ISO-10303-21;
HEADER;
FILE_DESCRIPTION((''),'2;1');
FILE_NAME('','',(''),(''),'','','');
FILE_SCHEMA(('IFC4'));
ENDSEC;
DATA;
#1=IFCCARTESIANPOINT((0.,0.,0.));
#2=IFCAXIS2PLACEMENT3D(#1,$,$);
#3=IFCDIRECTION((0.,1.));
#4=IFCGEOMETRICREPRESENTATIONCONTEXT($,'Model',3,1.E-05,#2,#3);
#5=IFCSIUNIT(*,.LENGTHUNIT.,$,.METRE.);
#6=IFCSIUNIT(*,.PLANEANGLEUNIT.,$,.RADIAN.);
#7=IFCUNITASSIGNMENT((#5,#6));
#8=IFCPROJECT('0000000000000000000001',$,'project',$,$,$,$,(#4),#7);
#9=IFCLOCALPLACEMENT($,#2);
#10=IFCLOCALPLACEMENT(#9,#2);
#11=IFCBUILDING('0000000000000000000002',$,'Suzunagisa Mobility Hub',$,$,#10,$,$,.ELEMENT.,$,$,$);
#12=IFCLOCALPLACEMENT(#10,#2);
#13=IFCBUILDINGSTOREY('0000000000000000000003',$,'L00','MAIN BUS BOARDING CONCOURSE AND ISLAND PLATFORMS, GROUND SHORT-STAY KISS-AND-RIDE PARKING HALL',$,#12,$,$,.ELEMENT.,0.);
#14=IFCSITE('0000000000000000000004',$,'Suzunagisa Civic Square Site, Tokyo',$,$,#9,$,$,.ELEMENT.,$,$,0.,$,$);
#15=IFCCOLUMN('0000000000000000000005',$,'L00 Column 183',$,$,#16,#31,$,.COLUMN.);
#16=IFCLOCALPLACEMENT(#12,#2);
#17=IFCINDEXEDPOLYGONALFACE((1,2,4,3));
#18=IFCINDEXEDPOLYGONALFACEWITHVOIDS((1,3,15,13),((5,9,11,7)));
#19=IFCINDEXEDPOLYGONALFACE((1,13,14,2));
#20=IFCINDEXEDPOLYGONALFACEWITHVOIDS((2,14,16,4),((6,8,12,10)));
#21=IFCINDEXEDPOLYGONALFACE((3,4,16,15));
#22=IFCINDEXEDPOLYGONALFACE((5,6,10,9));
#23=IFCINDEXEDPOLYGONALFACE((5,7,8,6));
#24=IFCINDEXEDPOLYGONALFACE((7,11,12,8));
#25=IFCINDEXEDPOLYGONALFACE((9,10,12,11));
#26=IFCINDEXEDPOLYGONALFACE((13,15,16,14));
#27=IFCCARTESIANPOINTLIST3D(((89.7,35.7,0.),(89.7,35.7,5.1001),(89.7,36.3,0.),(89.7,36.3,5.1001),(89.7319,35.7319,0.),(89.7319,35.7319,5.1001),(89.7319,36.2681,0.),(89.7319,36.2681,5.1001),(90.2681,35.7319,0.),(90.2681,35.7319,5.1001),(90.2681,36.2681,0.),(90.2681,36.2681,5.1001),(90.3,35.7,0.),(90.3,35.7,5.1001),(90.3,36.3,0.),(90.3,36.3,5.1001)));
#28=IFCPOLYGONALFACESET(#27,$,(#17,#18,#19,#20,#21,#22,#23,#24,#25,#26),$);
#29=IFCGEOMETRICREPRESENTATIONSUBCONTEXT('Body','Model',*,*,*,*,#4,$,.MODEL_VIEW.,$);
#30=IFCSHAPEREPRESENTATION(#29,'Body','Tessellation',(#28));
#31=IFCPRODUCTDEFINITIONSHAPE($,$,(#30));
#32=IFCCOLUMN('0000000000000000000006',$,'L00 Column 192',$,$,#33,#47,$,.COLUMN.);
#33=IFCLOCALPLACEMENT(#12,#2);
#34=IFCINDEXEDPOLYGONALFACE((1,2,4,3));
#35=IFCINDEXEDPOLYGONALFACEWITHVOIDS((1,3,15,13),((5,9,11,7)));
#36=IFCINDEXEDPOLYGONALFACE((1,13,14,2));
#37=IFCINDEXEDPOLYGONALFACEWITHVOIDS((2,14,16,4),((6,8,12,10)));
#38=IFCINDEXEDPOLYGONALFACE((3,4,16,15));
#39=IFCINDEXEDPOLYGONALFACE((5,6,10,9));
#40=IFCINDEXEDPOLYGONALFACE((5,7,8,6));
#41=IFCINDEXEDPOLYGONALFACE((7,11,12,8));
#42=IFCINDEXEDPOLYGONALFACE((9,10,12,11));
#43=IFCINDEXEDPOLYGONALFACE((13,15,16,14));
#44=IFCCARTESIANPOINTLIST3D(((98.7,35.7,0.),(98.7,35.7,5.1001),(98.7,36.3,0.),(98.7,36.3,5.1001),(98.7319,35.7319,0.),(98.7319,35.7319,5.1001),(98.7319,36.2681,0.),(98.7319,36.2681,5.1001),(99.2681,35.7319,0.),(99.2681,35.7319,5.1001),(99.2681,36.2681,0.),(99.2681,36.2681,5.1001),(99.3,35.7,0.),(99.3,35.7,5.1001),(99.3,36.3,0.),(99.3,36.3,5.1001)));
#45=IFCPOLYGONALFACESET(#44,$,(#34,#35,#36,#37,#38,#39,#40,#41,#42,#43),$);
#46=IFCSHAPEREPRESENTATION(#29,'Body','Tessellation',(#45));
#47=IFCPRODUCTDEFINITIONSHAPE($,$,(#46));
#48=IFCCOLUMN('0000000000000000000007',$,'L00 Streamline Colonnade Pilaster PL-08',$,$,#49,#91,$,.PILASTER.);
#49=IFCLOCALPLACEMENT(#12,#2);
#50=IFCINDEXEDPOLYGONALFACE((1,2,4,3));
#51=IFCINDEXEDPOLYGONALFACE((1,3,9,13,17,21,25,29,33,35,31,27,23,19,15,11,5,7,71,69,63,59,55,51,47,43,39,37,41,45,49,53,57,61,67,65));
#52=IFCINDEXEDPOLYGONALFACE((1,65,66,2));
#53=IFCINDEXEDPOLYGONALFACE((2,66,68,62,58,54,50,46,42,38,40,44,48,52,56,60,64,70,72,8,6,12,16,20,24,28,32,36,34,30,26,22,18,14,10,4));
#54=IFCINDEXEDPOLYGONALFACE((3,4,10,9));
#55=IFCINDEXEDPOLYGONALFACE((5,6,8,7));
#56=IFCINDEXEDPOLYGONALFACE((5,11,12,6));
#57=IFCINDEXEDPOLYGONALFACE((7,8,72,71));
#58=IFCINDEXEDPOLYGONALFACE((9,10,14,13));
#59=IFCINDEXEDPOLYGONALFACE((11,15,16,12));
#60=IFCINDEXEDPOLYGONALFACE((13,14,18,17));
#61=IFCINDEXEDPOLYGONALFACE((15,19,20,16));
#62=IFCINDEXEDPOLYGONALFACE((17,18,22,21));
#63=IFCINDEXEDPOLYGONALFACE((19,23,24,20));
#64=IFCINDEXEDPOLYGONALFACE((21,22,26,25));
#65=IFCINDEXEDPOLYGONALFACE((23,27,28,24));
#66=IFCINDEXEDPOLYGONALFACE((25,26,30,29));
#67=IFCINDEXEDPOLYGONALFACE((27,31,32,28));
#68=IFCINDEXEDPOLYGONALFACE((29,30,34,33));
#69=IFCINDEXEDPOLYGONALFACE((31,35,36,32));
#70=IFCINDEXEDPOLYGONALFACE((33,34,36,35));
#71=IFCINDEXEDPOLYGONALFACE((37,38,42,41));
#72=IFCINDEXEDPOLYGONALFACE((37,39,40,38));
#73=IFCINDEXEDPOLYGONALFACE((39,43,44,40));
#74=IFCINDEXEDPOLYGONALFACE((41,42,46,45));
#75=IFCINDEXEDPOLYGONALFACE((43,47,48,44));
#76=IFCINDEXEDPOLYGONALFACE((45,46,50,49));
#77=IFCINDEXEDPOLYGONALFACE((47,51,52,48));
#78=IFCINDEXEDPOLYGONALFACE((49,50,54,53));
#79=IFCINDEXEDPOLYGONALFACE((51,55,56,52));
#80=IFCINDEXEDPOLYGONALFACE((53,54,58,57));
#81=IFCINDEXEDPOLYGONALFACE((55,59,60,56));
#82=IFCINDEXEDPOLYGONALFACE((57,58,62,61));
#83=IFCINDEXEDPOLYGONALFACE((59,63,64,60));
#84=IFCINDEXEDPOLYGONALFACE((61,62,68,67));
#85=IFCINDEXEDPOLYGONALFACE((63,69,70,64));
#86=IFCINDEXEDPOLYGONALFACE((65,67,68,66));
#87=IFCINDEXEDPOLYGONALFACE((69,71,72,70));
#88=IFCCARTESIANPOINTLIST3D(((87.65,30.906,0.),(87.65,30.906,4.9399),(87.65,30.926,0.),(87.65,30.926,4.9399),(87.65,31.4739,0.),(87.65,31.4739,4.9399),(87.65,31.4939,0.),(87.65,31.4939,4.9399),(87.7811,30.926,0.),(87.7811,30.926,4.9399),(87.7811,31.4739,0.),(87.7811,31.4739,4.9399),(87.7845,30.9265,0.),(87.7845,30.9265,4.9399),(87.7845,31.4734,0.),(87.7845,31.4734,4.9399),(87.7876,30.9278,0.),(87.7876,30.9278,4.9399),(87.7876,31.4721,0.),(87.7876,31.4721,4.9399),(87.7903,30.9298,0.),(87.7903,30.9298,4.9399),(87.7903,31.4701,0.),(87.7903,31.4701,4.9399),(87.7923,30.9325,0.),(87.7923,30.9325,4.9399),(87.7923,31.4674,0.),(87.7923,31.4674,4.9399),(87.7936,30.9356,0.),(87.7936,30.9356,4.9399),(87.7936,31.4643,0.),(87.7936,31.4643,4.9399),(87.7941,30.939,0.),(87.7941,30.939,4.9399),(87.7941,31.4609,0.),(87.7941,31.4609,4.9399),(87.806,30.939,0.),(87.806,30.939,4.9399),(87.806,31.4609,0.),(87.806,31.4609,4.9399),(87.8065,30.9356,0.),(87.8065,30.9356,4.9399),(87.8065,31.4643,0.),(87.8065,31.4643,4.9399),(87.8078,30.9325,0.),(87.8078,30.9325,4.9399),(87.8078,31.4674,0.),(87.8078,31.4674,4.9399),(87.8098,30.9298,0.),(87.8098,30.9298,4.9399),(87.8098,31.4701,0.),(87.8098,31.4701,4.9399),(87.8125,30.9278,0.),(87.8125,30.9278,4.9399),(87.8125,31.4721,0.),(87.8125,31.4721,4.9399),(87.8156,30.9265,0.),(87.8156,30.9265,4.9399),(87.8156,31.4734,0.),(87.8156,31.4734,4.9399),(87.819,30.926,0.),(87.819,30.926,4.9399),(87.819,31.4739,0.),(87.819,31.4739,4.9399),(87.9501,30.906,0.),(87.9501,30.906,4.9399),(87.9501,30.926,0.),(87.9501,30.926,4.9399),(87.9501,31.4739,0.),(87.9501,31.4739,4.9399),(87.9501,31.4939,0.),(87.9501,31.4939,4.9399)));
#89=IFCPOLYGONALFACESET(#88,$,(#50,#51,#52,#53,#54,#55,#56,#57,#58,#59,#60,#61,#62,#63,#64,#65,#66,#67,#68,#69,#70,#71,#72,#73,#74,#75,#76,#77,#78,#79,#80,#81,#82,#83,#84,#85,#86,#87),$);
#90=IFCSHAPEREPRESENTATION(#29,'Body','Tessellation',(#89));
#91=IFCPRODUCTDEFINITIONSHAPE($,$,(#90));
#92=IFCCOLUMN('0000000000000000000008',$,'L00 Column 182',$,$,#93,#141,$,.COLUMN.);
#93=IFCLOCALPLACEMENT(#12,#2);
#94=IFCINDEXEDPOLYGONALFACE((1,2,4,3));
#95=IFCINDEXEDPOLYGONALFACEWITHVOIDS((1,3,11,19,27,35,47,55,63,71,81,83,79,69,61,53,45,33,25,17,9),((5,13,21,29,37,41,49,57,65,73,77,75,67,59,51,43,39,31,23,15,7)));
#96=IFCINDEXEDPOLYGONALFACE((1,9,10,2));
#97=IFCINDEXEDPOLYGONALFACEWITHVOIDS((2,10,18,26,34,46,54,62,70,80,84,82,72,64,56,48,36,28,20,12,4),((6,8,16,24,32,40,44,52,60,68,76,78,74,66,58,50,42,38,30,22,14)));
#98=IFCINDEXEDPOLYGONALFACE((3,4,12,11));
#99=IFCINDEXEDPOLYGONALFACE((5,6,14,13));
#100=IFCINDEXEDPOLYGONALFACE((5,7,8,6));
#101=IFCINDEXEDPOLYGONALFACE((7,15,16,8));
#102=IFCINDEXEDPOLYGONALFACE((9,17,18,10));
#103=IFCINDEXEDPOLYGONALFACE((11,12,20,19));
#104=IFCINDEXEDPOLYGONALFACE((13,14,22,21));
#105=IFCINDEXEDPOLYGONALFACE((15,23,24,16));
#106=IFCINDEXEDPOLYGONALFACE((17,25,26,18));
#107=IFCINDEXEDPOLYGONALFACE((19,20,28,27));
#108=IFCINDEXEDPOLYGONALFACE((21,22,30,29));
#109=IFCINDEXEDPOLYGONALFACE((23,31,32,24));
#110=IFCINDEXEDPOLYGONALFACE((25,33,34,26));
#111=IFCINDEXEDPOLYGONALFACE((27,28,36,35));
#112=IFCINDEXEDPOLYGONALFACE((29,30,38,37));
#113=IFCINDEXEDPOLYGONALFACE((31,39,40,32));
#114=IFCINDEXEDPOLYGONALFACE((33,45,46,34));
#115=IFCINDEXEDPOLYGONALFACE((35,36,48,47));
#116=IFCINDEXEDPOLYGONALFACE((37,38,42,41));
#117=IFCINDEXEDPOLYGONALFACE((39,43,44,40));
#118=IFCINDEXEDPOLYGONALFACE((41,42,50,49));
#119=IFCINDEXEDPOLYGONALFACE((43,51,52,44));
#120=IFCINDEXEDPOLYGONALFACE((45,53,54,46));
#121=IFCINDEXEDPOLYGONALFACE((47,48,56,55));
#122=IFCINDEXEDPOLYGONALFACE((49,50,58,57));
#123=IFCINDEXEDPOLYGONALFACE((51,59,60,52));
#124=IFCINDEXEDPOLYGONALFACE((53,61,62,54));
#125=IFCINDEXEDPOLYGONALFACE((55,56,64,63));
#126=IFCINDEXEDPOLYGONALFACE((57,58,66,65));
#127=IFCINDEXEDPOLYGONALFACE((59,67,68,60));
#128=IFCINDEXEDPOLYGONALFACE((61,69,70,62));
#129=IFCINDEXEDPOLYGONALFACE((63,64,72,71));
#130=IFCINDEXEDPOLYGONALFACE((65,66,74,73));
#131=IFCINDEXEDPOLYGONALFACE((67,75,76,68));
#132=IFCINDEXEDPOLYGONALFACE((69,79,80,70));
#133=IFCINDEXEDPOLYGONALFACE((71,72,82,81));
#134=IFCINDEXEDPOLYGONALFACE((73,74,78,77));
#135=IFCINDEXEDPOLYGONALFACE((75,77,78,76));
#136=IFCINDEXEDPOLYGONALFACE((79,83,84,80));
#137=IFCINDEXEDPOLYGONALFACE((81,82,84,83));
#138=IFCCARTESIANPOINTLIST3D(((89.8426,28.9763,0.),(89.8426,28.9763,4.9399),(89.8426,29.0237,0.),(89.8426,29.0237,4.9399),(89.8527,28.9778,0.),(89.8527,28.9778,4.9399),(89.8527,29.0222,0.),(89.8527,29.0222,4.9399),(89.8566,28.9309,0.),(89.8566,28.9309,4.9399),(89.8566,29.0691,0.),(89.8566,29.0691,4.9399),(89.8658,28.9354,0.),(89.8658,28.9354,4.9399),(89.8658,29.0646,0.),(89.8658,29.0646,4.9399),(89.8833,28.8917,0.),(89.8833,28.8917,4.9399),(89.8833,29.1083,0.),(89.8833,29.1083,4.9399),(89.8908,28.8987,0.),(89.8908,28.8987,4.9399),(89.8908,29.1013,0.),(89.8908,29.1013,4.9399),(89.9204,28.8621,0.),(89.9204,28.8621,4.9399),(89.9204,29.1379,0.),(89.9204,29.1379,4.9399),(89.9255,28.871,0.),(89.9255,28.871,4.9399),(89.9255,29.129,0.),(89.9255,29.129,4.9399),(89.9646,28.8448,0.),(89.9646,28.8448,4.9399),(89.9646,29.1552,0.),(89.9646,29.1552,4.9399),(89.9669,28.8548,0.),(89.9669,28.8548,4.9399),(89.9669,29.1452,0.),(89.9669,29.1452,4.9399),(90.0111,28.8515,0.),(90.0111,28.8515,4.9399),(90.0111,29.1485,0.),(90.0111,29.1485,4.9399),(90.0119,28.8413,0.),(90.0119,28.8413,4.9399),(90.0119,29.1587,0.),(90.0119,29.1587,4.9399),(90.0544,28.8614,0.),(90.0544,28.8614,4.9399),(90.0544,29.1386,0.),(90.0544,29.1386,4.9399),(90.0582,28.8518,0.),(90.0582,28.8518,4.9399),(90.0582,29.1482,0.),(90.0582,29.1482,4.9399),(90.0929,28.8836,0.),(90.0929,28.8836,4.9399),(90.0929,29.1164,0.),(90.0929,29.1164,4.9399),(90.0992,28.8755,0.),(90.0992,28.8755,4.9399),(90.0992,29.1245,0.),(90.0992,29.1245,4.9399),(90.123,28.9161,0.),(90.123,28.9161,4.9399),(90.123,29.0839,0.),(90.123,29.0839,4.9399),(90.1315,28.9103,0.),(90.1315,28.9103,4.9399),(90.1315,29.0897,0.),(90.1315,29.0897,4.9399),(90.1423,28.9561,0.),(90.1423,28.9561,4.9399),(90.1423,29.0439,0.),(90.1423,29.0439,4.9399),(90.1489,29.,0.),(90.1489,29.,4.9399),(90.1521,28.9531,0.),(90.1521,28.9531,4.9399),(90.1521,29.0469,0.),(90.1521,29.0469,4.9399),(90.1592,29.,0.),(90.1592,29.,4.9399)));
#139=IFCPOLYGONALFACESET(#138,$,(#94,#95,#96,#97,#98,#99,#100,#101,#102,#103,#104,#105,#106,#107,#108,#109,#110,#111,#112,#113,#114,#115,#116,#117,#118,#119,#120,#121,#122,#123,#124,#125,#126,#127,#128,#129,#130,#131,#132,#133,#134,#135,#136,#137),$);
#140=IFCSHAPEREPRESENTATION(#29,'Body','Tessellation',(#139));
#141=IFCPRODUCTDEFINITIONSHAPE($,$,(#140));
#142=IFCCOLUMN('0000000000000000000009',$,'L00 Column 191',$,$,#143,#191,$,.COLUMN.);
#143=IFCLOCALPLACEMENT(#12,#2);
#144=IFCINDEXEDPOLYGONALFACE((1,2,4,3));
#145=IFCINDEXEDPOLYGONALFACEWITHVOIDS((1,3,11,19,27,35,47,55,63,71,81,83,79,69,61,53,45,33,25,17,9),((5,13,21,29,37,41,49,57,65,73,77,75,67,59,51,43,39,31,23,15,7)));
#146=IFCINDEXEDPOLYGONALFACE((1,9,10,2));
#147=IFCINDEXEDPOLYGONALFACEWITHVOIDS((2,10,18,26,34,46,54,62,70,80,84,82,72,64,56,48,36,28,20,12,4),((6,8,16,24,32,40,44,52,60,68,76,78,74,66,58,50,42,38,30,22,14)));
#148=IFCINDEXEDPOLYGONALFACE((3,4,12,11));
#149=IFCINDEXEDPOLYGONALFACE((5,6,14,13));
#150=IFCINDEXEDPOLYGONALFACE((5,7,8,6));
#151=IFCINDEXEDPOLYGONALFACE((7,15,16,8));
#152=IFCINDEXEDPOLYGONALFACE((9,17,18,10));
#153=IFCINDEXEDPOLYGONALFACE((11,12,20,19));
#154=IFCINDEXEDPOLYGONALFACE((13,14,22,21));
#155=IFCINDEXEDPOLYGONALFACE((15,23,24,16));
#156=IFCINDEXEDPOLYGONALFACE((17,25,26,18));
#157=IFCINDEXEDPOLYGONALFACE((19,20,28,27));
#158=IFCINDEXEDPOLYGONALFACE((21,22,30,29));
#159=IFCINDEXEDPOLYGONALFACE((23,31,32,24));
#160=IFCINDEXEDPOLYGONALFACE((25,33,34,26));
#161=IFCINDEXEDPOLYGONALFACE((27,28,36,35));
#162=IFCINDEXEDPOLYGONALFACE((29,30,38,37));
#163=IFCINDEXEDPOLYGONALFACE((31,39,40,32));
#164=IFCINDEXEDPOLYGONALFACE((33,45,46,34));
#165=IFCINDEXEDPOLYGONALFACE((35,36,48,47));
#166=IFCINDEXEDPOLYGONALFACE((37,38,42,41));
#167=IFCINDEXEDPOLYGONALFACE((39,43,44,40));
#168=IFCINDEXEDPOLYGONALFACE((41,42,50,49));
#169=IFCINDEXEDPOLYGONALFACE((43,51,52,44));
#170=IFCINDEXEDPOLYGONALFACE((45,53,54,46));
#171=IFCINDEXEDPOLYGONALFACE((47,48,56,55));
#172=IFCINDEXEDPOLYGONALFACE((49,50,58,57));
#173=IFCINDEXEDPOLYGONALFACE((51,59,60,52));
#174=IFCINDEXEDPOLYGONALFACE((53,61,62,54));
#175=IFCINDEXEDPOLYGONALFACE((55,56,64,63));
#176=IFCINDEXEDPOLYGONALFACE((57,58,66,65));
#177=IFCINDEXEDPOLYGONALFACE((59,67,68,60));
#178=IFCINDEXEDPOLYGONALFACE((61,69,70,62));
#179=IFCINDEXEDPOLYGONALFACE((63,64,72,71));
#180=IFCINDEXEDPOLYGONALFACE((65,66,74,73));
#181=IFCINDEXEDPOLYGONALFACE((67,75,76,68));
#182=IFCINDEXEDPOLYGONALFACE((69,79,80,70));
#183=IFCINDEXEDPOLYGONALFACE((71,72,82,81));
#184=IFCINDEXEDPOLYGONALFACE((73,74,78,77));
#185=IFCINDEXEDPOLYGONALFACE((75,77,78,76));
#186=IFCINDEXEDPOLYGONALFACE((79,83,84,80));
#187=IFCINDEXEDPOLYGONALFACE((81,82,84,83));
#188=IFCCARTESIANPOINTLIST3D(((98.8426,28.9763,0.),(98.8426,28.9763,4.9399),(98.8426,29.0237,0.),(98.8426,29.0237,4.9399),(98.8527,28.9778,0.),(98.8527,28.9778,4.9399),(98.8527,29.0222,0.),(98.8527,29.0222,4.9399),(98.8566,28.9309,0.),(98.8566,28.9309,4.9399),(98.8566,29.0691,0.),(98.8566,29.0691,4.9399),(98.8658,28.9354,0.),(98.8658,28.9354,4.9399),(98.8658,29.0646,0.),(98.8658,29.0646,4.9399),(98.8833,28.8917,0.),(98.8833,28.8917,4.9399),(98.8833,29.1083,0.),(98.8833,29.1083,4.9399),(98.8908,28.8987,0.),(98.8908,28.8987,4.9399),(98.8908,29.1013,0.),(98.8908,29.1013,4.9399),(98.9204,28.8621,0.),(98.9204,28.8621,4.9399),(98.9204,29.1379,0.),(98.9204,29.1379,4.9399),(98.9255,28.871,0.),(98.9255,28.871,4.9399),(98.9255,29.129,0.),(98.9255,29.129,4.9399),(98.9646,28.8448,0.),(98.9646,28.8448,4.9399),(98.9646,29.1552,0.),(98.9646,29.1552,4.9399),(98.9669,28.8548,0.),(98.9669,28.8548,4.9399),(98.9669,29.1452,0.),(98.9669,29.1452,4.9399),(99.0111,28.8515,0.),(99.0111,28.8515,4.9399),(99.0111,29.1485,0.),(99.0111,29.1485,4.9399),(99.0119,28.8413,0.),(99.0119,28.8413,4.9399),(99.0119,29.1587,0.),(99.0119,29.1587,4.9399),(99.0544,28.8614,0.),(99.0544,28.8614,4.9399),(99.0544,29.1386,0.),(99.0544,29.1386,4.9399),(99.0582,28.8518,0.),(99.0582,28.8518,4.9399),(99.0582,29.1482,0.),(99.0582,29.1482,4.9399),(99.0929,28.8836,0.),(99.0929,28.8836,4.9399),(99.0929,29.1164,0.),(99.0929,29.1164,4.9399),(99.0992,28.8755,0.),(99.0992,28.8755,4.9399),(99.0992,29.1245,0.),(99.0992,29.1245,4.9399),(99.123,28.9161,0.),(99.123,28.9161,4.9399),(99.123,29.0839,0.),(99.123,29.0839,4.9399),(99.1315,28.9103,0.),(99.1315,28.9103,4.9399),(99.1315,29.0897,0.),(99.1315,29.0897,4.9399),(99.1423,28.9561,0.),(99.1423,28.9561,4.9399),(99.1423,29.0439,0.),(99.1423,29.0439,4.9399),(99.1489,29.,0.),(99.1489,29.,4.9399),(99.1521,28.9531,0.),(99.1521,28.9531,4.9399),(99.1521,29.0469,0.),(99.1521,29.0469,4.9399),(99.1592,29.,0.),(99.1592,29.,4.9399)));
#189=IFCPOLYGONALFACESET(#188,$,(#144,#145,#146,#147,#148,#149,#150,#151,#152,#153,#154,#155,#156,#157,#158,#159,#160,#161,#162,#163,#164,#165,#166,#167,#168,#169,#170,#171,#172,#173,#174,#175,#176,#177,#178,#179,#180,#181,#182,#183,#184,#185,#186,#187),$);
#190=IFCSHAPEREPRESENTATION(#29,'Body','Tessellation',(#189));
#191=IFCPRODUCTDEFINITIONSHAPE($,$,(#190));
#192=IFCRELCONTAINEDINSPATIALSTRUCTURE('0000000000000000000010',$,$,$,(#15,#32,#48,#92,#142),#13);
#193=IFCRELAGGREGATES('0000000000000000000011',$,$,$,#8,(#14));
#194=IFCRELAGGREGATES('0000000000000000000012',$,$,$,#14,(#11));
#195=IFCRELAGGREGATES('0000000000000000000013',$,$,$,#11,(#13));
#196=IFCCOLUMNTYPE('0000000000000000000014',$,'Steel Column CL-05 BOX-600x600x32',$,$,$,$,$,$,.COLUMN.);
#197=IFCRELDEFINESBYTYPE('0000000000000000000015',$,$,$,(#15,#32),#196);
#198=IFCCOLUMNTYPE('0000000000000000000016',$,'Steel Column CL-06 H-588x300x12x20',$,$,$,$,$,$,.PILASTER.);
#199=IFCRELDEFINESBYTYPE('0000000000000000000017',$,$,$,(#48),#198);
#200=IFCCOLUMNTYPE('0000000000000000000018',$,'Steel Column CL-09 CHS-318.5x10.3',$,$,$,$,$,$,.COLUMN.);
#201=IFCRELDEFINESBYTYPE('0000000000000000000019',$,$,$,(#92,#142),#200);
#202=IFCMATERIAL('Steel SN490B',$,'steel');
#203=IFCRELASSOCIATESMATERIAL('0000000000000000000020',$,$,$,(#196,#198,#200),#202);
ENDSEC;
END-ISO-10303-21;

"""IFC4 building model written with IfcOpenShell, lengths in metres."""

from ifc_helpers import new_model, si_unit, direction, frame, origin, origin_2d, place, context, subcontext, project, spatial, hollow_rectangle, hollow_circle, i_section, extrude, material, material_profile, profile_set, type_object, element, save


model = new_model("IFC4")

# Units and contexts
model_context = context("Model", 3, precision=1e-05, world=origin(), true_north=direction((0.0, 1.0)))
body_context = subcontext(model_context, "Body", "Model", "MODEL_VIEW")
ifc_project = project(units=[si_unit("LENGTHUNIT", "METRE"), si_unit("PLANEANGLEUNIT", "RADIAN")], contexts=[model_context])

# Site, building, storey
site_placement = place(None, origin())
site = spatial("IfcSite", under=ifc_project, at=site_placement, Name="Suzunagisa Civic Square Site, Tokyo", CompositionType="ELEMENT", RefElevation=0.0)
building_placement = place(site_placement, origin())
building = spatial("IfcBuilding", under=site, at=building_placement, Name="Suzunagisa Mobility Hub", CompositionType="ELEMENT")
storey_placement = place(building_placement, origin())
storey = spatial("IfcBuildingStorey", under=building, at=storey_placement, Name="L00", Description="MAIN BUS BOARDING CONCOURSE AND ISLAND PLATFORMS, GROUND SHORT-STAY KISS-AND-RIDE PARKING HALL", CompositionType="ELEMENT", Elevation=0.0)

# Columns
ifc_material_1 = material(Name="Steel SN490B", Category="steel")
ifc_material_profile_1 = material_profile(ifc_material_1, hollow_rectangle(XDim=0.6001, YDim=0.6001, WallThickness=0.032, at=origin_2d()), Name="BOX-600x600x32")
ifc_profile_set_1 = profile_set([ifc_material_profile_1], Name="Steel SN490B")
column_type_1 = type_object("IfcColumnType", Name="Steel Column CL-05 BOX-600x600x32", PredefinedType="COLUMN", material=ifc_profile_set_1)
for number, where, z_axis, x_axis, name in (
    (1, (90.0, 36.0, 0.0), (0.0, 0.0, 1.0), (1.0, 0.0, 0.0), "L00 Column 183"),
    (2, (99.0, 36.0, 0.0), (0.0, 0.0, 1.0), (1.0, 0.0, 0.0), "L00 Column 192"),
):
    element("IfcColumn", number, at=place(storey_placement, frame(where, z_axis=z_axis, x_axis=x_axis)), inside=storey, type_object=column_type_1, Name=name, PredefinedType="COLUMN", context=body_context, shape_type="SweptSolid", body=[
        extrude(hollow_rectangle(XDim=0.6001, YDim=0.6001, WallThickness=0.032, at=origin_2d()), origin(), (0.0, 0.0, 1.0), 5.1001),
    ])
ifc_material_profile_2 = material_profile(ifc_material_1, i_section(OverallWidth=0.3, OverallDepth=0.5879, WebThickness=0.012, FlangeThickness=0.02, FilletRadius=0.0129, at=origin_2d()), Name="H-588x300x12x20")
ifc_profile_set_2 = profile_set([ifc_material_profile_2], Name="Steel SN490B")
column_type_2 = type_object("IfcColumnType", Name="Steel Column CL-06 H-588x300x12x20", PredefinedType="PILASTER", material=ifc_profile_set_2)
column_1_placement = place(storey_placement, frame((87.8, 31.2, 0.0), z_axis=(0.0, 0.0, 1.0), x_axis=(1.0, 0.0, 0.0)))
element("IfcColumn", 3, at=column_1_placement, inside=storey, type_object=column_type_2, Name="L00 Streamline Colonnade Pilaster PL-08", PredefinedType="PILASTER", context=body_context, shape_type="SweptSolid", body=[
    extrude(i_section(OverallWidth=0.3, OverallDepth=0.5879, WebThickness=0.012, FlangeThickness=0.02, FilletRadius=0.0129, at=origin_2d()), origin(), (0.0, 0.0, 1.0), 4.9399),
])
ifc_material_profile_3 = material_profile(ifc_material_1, hollow_circle(Radius=0.1592, WallThickness=0.0103, at=origin_2d()), Name="CHS-318.5x10.3")
ifc_profile_set_3 = profile_set([ifc_material_profile_3], Name="Steel SN490B")
column_type_3 = type_object("IfcColumnType", Name="Steel Column CL-09 CHS-318.5x10.3", PredefinedType="COLUMN", material=ifc_profile_set_3)
for number, where, z_axis, x_axis, name in (
    (4, (90.0, 29.0, 0.0), (0.0, 0.0, 1.0), (1.0, 0.0, 0.0), "L00 Column 182"),
    (5, (99.0, 29.0, 0.0), (0.0, 0.0, 1.0), (1.0, 0.0, 0.0), "L00 Column 191"),
):
    element("IfcColumn", number, at=place(storey_placement, frame(where, z_axis=z_axis, x_axis=x_axis)), inside=storey, type_object=column_type_3, Name=name, PredefinedType="COLUMN", context=body_context, shape_type="SweptSolid", body=[
        extrude(hollow_circle(Radius=0.1592, WallThickness=0.0103, at=origin_2d()), origin(), (0.0, 0.0, 1.0), 4.9399),
    ])

save(model, "model.ifc")
